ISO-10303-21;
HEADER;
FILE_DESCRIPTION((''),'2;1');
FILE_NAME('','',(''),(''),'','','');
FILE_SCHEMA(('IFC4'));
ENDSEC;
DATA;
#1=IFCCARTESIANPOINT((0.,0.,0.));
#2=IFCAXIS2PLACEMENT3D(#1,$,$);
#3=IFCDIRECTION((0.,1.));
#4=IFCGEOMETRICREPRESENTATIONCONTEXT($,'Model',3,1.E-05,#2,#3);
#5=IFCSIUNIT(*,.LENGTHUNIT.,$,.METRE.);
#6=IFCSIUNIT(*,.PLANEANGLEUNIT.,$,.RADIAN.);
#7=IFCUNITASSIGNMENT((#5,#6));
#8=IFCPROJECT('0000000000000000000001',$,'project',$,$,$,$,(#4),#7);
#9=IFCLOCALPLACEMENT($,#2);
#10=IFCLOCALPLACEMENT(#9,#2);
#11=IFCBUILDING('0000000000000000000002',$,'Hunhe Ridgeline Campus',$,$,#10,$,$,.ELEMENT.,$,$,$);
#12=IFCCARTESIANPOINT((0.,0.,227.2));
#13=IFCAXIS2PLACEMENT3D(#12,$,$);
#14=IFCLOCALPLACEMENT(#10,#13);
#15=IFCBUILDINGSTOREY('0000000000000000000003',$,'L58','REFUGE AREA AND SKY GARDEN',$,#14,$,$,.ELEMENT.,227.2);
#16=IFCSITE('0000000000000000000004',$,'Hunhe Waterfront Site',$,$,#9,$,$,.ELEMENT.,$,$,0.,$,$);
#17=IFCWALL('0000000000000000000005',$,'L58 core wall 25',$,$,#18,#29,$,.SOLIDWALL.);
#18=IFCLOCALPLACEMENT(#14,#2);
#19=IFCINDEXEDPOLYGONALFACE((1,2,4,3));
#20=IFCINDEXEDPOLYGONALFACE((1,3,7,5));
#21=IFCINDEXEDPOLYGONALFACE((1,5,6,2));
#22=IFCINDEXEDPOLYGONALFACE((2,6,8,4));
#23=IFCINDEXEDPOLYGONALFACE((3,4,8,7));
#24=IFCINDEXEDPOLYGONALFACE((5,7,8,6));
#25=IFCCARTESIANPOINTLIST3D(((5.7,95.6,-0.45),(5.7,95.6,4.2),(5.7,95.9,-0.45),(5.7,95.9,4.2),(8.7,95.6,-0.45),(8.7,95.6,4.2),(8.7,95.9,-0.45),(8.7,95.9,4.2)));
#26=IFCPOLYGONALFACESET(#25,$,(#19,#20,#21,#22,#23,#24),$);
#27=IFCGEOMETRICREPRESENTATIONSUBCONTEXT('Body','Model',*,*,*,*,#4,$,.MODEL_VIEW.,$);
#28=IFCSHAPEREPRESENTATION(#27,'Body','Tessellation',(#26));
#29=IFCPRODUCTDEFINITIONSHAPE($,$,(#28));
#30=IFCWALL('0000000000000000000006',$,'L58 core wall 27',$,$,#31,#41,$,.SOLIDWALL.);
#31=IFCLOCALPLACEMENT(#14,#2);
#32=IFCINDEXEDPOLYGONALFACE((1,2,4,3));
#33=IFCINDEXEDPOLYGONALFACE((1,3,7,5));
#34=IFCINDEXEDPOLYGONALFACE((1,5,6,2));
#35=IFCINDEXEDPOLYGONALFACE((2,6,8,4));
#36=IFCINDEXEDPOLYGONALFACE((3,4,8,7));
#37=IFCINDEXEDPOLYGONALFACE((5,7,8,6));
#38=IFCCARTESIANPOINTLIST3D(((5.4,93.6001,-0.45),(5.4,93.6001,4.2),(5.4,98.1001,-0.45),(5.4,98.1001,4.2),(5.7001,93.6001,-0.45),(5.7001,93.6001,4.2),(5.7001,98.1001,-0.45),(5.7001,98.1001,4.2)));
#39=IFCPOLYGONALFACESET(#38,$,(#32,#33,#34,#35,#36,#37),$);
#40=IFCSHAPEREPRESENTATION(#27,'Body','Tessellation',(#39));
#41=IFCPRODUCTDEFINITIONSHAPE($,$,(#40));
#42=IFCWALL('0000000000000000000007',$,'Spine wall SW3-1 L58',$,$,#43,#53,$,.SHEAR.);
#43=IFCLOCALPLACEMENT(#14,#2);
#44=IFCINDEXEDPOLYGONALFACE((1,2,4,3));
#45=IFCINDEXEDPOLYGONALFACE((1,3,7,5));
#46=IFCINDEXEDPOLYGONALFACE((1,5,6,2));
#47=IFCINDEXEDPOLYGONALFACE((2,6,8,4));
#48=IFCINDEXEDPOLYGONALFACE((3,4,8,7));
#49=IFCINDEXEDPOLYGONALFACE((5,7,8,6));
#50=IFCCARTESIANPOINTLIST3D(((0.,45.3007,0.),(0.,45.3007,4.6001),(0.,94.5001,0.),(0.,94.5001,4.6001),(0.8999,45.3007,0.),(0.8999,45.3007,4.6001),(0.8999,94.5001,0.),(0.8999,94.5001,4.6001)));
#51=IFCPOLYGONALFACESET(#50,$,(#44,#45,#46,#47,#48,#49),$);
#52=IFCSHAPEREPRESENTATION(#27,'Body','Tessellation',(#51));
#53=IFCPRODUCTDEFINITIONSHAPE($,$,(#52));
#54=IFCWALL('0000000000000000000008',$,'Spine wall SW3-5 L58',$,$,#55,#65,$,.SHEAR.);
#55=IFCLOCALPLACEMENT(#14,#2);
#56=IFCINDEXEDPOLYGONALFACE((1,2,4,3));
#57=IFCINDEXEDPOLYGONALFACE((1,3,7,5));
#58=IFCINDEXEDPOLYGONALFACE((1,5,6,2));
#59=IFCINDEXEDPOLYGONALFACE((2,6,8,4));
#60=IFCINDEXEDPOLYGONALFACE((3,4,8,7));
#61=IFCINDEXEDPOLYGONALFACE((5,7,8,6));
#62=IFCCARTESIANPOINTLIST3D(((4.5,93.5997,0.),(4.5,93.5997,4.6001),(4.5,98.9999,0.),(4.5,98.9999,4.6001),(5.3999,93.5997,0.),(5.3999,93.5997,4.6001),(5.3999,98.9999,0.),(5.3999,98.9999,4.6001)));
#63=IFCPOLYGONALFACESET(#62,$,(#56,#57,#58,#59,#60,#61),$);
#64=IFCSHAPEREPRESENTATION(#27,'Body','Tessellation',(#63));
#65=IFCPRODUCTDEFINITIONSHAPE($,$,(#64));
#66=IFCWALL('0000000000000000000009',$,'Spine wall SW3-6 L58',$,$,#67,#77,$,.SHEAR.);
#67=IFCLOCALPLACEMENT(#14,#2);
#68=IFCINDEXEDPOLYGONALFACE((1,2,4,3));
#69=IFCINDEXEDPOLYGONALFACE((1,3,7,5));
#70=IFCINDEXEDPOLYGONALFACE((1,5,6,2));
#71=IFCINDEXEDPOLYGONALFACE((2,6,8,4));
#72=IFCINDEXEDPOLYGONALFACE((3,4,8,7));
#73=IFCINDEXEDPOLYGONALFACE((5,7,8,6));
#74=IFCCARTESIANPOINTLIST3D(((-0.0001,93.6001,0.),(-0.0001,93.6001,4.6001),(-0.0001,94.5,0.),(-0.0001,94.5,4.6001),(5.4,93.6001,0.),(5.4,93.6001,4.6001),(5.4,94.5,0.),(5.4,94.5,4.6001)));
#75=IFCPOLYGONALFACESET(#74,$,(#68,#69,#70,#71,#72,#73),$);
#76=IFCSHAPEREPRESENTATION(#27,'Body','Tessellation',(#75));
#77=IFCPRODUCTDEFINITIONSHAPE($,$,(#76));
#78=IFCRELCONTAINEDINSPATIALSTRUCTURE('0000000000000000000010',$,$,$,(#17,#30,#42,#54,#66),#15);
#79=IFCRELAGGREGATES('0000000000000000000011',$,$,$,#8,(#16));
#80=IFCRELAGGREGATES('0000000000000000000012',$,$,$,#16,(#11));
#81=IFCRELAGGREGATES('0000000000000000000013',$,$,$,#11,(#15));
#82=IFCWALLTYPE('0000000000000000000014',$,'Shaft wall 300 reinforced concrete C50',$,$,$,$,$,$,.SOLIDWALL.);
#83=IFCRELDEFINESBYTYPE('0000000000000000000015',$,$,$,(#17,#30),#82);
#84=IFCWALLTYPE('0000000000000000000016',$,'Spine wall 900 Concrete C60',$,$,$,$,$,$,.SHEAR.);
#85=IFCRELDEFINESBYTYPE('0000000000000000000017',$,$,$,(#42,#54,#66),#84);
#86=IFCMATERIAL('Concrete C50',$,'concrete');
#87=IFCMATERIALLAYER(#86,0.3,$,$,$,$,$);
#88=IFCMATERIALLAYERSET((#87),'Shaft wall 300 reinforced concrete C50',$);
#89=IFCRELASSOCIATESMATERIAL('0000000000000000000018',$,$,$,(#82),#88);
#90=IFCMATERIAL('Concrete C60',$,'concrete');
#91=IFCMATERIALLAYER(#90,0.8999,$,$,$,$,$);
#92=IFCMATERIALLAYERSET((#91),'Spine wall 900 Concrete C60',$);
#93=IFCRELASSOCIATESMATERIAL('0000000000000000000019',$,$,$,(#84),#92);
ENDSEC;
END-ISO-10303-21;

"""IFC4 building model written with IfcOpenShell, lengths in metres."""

from ifc_helpers import new_model, si_unit, direction, frame, frame_2d, origin, place, context, subcontext, project, spatial, rectangle, extrude, material, layer, layer_set, type_object, element, save


model = new_model("IFC4")

# Units and contexts
model_context = context("Model", 3, precision=1e-05, world=origin(), true_north=direction((0.0, 1.0)))
body_context = subcontext(model_context, "Body", "Model", "MODEL_VIEW")
ifc_project = project(units=[si_unit("LENGTHUNIT", "METRE"), si_unit("PLANEANGLEUNIT", "RADIAN")], contexts=[model_context])

# Site, building, storey
site_placement = place(None, origin())
site = spatial("IfcSite", under=ifc_project, at=site_placement, Name="Hunhe Waterfront Site", CompositionType="ELEMENT", RefElevation=0.0)
building_placement = place(site_placement, origin())
building = spatial("IfcBuilding", under=site, at=building_placement, Name="Hunhe Ridgeline Campus", CompositionType="ELEMENT")
storey_placement = place(building_placement, frame((0.0, 0.0, 227.2)))
storey = spatial("IfcBuildingStorey", under=building, at=storey_placement, Name="L58", Description="REFUGE AREA AND SKY GARDEN", CompositionType="ELEMENT", Elevation=227.2)

# Shared definitions
ifc_material_1 = material(Name="Concrete C50", Category="concrete")
ifc_layer_1 = layer(ifc_material_1, 0.3)
ifc_layer_set_1 = layer_set([ifc_layer_1], Name="Shaft wall 300 reinforced concrete C50")
wall_type_1 = type_object("IfcWallType", Name="Shaft wall 300 reinforced concrete C50", PredefinedType="SOLIDWALL", material=ifc_layer_set_1)

# Walls
wall_1_placement = place(storey_placement, frame((5.7, 95.75, -0.45), z_axis=(0.0, 0.0, 1.0), x_axis=(1.0, 0.0, 0.0)))
element("IfcWall", 1, at=wall_1_placement, inside=storey, type_object=wall_type_1, Name="L58 core wall 25", PredefinedType="SOLIDWALL", context=body_context, shape_type="SweptSolid", body=[
    extrude(rectangle(XDim=3.0, YDim=0.3, at=frame_2d((1.5, 0.0))), origin(), (0.0, 0.0, 1.0), 4.6499),
])
wall_2_placement = place(storey_placement, frame((5.55, 93.6001, -0.45), z_axis=(0.0, 0.0, 1.0), x_axis=(0.0, 1.0, 0.0)))
element("IfcWall", 2, at=wall_2_placement, inside=storey, type_object=wall_type_1, Name="L58 core wall 27", PredefinedType="SOLIDWALL", context=body_context, shape_type="SweptSolid", body=[
    extrude(rectangle(XDim=4.5, YDim=0.3, at=frame_2d((2.25, 0.0))), origin(), (0.0, 0.0, 1.0), 4.6499),
])

# Walls
ifc_material_2 = material(Name="Concrete C60", Category="concrete")
ifc_layer_2 = layer(ifc_material_2, 0.8999)
ifc_layer_set_2 = layer_set([ifc_layer_2], Name="Spine wall 900 Concrete C60")
wall_type_2 = type_object("IfcWallType", Name="Spine wall 900 Concrete C60", PredefinedType="SHEAR", material=ifc_layer_set_2)
wall_3_placement = place(storey_placement, frame((0.45, 94.5, 0.0), z_axis=(0.0, 0.0, 1.0), x_axis=(0.0, -1.0, 0.0)))
element("IfcWall", 3, at=wall_3_placement, inside=storey, type_object=wall_type_2, Name="Spine wall SW3-1 L58", PredefinedType="SHEAR", context=body_context, shape_type="SweptSolid", body=[
    extrude(rectangle(XDim=49.1995, YDim=0.8999, at=frame_2d((24.5996, 0.0))), origin(), (0.0, 0.0, 1.0), 4.6001),
])
for number, where, z_axis, x_axis, name in (
    (4, (4.95, 99.0, 0.0), (0.0, 0.0, 1.0), (0.0, -1.0, 0.0), "Spine wall SW3-5 L58"),
    (5, (5.4001, 94.05, 0.0), (0.0, 0.0, 1.0), (-1.0, 0.0, 0.0), "Spine wall SW3-6 L58"),
):
    element("IfcWall", number, at=place(storey_placement, frame(where, z_axis=z_axis, x_axis=x_axis)), inside=storey, type_object=wall_type_2, Name=name, PredefinedType="SHEAR", context=body_context, shape_type="SweptSolid", body=[
        extrude(rectangle(XDim=5.4001, YDim=0.8999, at=frame_2d((2.7002, 0.0))), origin(), (0.0, 0.0, 1.0), 4.6001),
    ])

save(model, "model.ifc")
